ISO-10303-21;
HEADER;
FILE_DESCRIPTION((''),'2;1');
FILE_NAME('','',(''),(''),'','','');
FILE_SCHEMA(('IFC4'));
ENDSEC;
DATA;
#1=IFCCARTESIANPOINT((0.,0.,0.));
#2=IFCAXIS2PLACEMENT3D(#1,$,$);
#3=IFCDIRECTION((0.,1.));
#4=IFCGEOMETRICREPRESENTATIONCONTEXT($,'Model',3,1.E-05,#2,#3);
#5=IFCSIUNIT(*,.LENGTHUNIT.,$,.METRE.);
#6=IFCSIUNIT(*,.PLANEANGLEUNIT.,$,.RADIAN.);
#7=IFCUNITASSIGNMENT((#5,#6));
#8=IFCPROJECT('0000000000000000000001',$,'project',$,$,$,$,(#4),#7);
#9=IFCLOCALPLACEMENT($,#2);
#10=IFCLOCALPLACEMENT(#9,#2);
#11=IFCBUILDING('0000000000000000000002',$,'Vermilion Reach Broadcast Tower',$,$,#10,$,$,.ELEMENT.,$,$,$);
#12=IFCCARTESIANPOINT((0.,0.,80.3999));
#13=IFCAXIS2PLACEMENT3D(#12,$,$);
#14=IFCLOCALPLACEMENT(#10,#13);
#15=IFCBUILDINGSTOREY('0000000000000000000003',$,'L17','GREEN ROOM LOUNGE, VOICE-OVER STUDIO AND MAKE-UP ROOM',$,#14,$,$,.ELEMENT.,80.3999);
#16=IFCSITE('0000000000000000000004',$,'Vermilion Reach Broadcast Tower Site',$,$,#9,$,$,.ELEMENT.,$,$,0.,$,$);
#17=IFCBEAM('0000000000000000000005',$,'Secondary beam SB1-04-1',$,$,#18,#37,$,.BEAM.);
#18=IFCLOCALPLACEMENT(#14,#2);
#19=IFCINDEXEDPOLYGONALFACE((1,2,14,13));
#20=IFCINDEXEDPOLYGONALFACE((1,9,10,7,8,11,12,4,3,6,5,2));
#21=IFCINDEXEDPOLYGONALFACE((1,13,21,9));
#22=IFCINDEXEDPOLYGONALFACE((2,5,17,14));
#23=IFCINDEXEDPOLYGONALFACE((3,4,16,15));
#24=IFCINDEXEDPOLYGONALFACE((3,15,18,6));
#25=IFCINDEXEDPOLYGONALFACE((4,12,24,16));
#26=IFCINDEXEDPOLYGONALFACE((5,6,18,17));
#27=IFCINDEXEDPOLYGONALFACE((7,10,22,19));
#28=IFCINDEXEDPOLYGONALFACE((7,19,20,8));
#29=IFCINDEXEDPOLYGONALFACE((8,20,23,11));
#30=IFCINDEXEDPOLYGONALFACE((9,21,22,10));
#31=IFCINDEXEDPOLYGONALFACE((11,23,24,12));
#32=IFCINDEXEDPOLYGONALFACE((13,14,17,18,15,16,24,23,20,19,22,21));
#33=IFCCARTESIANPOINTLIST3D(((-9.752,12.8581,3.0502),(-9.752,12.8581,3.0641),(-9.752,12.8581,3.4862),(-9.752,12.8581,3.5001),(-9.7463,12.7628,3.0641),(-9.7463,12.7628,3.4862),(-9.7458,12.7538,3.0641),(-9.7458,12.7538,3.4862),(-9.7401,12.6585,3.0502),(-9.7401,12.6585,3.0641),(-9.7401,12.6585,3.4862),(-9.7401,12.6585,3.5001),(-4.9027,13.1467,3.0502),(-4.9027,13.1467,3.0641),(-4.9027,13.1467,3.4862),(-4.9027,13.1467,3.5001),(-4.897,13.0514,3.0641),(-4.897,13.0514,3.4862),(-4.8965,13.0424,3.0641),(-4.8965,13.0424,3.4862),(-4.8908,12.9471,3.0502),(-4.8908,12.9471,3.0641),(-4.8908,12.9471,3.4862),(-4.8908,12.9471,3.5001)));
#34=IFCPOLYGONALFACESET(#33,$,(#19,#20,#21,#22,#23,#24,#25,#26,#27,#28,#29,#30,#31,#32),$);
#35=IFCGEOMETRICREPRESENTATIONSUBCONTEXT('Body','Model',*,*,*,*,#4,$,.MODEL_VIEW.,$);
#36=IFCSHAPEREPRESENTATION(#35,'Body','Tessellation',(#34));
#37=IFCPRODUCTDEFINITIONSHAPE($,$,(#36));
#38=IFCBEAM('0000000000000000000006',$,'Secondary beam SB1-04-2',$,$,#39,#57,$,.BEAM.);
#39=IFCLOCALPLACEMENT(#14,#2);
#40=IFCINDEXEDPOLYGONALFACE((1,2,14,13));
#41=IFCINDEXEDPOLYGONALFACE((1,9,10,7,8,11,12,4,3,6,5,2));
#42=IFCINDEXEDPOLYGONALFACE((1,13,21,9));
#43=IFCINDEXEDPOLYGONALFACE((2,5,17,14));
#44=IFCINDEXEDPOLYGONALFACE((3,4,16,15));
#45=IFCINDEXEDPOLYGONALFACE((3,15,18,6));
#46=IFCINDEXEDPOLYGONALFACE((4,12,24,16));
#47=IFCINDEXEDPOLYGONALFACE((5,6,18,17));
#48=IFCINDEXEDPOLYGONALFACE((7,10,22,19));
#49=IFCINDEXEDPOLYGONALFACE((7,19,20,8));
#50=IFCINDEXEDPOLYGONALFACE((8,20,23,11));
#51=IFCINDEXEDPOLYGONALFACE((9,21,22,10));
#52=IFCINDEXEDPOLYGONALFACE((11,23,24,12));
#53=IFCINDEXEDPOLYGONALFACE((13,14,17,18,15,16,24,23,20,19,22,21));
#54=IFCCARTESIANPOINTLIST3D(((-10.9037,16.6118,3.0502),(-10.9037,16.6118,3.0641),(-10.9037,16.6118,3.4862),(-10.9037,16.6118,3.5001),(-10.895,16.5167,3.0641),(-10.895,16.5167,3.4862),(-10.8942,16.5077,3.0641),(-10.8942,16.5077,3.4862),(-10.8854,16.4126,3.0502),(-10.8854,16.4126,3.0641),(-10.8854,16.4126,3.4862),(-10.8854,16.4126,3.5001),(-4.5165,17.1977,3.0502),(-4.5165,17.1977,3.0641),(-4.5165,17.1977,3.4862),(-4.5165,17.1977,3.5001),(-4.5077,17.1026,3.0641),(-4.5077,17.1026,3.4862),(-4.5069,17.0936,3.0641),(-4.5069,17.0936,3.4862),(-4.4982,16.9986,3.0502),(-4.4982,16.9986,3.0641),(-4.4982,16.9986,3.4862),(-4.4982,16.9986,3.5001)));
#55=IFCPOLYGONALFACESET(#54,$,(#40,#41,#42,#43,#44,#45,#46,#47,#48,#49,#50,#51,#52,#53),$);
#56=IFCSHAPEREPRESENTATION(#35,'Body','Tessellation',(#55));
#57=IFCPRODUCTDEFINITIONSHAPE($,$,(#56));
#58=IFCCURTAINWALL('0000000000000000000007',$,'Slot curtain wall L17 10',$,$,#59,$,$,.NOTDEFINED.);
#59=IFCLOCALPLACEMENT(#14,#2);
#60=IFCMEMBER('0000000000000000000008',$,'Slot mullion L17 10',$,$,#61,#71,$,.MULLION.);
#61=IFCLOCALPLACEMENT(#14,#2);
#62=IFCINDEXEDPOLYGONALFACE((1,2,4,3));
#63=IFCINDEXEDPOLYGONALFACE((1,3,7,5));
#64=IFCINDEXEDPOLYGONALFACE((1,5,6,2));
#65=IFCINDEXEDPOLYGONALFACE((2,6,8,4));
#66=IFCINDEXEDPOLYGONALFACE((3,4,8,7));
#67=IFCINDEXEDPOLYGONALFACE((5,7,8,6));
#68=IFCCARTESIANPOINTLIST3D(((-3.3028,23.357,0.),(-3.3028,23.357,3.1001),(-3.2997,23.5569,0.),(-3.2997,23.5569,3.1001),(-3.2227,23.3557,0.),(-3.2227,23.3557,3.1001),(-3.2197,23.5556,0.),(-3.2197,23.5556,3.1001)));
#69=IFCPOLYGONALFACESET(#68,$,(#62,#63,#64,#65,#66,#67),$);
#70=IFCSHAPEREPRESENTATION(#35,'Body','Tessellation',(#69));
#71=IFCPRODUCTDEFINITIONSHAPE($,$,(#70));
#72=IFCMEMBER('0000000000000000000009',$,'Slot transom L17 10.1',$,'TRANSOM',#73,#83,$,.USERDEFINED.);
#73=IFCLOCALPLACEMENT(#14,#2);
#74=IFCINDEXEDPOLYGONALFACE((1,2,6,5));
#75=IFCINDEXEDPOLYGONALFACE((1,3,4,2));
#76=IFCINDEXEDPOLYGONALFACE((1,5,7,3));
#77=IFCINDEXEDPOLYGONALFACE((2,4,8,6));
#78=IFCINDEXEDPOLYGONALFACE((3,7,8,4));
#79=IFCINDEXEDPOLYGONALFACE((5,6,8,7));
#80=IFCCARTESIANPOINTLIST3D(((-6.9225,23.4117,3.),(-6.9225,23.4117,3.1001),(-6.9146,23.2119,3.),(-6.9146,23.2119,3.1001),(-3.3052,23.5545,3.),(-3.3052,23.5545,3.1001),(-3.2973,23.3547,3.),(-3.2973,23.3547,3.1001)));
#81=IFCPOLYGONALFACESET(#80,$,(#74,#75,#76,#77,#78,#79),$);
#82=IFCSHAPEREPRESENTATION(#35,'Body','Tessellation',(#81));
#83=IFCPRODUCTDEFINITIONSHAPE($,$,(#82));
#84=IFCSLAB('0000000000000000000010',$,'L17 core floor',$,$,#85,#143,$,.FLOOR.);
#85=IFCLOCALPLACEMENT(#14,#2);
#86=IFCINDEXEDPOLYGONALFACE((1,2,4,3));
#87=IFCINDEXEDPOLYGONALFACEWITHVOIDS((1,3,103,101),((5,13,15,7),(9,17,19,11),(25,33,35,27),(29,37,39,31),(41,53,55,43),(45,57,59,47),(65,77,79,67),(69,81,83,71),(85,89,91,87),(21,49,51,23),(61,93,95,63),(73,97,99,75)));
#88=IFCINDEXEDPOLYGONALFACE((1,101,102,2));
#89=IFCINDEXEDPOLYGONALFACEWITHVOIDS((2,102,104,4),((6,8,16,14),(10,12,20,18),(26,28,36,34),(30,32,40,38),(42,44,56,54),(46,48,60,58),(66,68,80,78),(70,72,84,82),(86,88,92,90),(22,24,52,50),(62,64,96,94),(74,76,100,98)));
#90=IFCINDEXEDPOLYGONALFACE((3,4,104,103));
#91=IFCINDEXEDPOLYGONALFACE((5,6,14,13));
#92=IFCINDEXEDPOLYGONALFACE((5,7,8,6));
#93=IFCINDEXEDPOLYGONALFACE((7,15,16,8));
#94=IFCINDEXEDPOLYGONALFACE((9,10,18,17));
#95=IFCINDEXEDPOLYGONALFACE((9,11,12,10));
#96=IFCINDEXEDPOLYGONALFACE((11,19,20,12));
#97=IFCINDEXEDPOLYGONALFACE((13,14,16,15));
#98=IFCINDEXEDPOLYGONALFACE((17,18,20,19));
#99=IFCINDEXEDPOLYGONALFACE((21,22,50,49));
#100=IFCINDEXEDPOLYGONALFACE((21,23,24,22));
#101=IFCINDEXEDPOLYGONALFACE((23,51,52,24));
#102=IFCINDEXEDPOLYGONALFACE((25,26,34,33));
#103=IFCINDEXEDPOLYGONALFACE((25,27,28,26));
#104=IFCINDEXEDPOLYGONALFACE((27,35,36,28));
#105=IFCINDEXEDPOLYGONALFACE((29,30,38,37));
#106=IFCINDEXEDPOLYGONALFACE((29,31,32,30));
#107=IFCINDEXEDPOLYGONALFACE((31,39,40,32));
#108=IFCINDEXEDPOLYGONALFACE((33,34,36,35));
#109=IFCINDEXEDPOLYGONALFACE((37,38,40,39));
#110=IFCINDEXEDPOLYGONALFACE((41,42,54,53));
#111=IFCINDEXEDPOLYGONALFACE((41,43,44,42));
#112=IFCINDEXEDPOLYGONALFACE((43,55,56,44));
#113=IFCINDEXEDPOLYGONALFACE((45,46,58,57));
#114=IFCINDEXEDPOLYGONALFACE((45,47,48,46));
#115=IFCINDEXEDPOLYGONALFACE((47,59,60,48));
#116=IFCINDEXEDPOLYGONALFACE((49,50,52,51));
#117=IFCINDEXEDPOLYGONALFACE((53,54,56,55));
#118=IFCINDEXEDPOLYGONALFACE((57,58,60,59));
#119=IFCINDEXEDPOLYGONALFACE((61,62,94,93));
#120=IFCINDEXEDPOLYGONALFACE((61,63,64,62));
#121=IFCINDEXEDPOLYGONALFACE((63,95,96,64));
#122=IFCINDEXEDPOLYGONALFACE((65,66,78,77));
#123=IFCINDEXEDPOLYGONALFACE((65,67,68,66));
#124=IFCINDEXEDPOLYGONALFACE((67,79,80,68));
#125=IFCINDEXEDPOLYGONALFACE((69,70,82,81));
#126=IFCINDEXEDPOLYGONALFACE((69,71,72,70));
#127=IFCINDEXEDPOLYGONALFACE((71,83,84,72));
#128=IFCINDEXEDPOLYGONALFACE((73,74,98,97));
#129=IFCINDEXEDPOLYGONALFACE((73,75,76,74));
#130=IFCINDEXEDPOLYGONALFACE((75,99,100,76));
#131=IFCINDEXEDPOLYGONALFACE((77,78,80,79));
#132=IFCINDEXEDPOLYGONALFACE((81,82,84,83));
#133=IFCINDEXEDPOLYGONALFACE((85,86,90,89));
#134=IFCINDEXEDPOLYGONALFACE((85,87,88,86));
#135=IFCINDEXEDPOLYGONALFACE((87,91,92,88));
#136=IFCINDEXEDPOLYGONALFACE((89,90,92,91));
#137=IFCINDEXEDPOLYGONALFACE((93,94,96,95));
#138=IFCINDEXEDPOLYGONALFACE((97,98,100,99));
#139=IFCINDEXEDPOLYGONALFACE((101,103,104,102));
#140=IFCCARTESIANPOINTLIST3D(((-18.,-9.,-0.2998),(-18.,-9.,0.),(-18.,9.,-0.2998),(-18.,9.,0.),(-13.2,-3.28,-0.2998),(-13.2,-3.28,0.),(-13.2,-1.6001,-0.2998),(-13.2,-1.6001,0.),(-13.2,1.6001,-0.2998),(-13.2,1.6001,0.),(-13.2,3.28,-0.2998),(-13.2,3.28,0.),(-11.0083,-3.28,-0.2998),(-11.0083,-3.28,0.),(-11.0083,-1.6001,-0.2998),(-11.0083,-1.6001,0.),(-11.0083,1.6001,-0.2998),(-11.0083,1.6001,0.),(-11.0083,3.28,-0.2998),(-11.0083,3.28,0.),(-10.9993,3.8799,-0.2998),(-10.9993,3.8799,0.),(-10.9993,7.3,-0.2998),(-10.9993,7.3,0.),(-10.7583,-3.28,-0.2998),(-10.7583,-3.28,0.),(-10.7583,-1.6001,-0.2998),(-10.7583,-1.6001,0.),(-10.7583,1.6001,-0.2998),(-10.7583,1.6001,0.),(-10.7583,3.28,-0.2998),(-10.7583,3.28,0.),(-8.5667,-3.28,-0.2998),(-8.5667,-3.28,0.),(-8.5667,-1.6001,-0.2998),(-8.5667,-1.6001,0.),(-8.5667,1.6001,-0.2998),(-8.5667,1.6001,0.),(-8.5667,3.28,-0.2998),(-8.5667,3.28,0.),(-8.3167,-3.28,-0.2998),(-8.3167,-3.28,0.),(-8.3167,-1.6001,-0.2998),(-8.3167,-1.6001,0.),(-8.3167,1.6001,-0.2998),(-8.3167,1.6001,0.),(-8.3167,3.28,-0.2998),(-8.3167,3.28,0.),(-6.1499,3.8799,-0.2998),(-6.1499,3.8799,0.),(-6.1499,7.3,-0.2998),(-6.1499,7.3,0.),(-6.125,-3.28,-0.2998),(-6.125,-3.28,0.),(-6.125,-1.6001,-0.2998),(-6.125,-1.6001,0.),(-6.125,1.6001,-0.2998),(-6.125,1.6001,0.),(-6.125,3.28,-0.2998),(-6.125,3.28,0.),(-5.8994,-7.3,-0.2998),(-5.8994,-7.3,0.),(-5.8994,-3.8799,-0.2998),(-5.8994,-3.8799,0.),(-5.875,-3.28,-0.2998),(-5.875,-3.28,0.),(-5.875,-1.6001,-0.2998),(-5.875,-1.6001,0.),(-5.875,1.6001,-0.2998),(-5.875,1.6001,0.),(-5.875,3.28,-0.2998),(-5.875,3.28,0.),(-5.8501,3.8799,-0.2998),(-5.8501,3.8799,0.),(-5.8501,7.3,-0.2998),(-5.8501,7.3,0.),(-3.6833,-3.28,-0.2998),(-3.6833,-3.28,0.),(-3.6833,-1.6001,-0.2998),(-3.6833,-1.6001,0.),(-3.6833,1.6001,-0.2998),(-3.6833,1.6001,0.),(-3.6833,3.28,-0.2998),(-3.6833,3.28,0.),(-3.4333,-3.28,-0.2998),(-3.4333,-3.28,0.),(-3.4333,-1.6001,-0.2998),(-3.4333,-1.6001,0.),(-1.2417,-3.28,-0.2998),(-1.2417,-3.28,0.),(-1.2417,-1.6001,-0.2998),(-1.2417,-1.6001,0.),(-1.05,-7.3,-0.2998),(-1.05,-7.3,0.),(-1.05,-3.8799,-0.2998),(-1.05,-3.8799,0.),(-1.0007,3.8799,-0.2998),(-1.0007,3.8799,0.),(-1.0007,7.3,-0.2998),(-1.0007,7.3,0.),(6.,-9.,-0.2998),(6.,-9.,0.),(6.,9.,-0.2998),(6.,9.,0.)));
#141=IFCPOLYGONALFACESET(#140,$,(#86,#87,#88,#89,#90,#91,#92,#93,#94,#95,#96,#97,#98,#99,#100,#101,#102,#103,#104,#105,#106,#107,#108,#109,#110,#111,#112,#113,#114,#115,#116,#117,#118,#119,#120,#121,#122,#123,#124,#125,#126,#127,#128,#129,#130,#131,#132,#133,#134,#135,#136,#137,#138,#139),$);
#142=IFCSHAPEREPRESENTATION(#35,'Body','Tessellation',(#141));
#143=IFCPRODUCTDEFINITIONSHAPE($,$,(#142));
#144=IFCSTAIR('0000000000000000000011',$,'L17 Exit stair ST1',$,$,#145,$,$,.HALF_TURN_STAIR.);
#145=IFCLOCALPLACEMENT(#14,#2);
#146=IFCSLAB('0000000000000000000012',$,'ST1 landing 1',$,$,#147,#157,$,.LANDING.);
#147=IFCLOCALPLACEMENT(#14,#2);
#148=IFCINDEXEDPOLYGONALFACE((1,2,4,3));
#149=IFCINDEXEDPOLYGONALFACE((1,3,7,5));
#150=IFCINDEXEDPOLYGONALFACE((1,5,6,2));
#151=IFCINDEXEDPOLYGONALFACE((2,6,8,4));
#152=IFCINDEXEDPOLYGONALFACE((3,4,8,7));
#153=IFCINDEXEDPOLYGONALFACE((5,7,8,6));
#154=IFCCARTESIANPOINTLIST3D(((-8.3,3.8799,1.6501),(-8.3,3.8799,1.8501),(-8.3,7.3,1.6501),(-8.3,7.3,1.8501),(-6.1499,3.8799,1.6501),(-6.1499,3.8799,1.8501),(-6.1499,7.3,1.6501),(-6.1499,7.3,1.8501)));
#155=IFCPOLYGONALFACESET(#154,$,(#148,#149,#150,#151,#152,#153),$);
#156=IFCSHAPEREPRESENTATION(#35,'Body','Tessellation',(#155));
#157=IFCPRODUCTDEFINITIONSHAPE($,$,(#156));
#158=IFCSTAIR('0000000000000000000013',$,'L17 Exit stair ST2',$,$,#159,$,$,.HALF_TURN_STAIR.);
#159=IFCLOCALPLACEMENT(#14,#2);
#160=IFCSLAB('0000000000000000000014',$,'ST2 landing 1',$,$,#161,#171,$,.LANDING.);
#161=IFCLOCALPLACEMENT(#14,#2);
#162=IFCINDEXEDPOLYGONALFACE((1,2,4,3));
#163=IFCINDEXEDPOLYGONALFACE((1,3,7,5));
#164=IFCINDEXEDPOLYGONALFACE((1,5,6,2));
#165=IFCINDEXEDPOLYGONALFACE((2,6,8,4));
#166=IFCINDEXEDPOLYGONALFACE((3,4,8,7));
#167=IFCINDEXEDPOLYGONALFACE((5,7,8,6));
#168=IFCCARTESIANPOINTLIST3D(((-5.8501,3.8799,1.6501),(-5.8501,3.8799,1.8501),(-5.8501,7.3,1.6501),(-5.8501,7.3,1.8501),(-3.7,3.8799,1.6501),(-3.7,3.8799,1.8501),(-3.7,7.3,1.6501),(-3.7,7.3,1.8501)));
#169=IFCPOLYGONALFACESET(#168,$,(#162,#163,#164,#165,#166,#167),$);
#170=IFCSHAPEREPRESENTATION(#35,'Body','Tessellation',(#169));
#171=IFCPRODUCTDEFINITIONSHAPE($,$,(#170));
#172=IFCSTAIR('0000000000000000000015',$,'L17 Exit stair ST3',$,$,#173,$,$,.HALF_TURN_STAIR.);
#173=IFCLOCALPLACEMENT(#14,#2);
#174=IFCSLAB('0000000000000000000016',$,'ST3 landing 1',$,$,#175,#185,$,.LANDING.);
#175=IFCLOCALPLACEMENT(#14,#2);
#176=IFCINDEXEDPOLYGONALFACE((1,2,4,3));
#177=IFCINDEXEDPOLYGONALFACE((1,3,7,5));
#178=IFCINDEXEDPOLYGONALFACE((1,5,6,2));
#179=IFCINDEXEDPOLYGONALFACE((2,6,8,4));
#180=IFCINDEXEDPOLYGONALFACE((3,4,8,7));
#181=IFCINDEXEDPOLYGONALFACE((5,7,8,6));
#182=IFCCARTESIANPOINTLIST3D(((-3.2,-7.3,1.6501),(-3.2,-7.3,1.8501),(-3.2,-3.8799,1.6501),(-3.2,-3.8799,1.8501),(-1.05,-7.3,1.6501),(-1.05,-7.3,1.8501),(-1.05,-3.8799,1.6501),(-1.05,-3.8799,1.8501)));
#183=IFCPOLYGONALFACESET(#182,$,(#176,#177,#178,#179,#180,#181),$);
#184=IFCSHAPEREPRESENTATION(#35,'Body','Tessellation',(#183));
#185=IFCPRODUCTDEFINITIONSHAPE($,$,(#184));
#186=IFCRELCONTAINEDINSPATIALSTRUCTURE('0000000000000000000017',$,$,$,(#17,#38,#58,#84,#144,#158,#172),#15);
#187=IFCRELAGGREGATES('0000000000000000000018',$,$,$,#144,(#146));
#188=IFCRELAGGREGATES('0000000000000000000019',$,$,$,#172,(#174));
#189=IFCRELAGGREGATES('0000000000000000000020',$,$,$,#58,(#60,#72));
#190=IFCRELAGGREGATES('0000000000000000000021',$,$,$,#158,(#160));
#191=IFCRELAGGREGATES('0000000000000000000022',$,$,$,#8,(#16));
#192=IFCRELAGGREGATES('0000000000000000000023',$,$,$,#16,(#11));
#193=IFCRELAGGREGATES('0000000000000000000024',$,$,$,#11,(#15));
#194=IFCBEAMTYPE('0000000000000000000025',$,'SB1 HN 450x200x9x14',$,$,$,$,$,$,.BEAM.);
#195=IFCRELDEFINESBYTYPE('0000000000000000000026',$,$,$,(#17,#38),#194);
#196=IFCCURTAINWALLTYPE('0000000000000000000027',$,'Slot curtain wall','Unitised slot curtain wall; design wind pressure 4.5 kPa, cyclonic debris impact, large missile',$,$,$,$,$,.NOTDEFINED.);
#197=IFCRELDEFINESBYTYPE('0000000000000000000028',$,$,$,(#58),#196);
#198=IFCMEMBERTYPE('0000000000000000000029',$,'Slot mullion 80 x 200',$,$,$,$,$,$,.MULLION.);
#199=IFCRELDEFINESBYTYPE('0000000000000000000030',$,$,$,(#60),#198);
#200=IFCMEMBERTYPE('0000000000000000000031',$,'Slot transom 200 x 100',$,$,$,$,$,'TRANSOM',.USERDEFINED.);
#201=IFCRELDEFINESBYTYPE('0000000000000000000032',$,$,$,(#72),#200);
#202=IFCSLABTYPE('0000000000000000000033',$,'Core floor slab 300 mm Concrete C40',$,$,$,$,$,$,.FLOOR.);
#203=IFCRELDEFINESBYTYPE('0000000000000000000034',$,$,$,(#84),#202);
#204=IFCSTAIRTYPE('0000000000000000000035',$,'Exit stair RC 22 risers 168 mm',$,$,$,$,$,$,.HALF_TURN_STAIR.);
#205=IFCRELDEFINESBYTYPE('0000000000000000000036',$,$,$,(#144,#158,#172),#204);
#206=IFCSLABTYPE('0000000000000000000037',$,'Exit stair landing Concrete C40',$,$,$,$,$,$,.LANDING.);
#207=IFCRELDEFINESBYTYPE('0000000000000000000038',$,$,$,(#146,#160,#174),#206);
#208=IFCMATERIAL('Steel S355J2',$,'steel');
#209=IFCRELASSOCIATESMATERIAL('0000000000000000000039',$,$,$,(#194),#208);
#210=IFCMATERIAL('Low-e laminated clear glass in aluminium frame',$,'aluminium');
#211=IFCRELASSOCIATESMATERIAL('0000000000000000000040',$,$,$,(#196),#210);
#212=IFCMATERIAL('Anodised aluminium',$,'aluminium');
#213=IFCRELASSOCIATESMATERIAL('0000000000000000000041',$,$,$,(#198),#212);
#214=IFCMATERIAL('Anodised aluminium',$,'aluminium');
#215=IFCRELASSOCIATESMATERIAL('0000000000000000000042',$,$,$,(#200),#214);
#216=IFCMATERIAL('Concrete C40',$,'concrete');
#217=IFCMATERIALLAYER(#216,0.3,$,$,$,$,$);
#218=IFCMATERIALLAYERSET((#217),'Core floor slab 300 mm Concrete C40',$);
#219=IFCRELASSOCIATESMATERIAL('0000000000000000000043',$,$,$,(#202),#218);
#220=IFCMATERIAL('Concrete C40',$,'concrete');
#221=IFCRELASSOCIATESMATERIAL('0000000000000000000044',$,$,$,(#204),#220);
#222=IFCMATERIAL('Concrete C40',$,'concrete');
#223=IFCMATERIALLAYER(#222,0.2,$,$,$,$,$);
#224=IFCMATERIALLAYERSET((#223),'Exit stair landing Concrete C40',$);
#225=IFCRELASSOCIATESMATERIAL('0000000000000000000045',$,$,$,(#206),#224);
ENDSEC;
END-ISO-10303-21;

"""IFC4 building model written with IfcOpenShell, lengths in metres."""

from ifc_helpers import new_model, si_unit, direction, frame, origin, origin_2d, place, context, subcontext, project, spatial, polyline, rectangle, i_section, outline, extrude, material, layer, layer_set, material_profile, profile_set, type_object, element, aggregate, save


model = new_model("IFC4")

# Units and contexts
model_context = context("Model", 3, precision=1e-05, world=origin(), true_north=direction((0.0, 1.0)))
body_context = subcontext(model_context, "Body", "Model", "MODEL_VIEW")
ifc_project = project(units=[si_unit("LENGTHUNIT", "METRE"), si_unit("PLANEANGLEUNIT", "RADIAN")], contexts=[model_context])

# Site, building, storey
site_placement = place(None, origin())
site = spatial("IfcSite", under=ifc_project, at=site_placement, Name="Vermilion Reach Broadcast Tower Site", CompositionType="ELEMENT", RefElevation=0.0)
building_placement = place(site_placement, origin())
building = spatial("IfcBuilding", under=site, at=building_placement, Name="Vermilion Reach Broadcast Tower", CompositionType="ELEMENT")
storey_placement = place(building_placement, frame((0.0, 0.0, 80.3999)))
storey = spatial("IfcBuildingStorey", under=building, at=storey_placement, Name="L17", Description="GREEN ROOM LOUNGE, VOICE-OVER STUDIO AND MAKE-UP ROOM", CompositionType="ELEMENT", Elevation=80.3999)

# Beams
ifc_material_1 = material(Name="Steel S355J2", Category="steel")
ifc_material_profile_1 = material_profile(ifc_material_1, i_section(OverallWidth=0.2, OverallDepth=0.45, WebThickness=0.009, FlangeThickness=0.0139, at=origin_2d()), Name="S355J2 HN 450x200x9x14")
ifc_profile_set_1 = profile_set([ifc_material_profile_1], Name="Steel S355J2")
beam_type_1 = type_object("IfcBeamType", Name="SB1 HN 450x200x9x14", PredefinedType="BEAM", material=ifc_profile_set_1)
beam_1_placement = place(storey_placement, frame((-4.8967, 13.0469, 3.2751), z_axis=(-0.998234, -0.059403, 0.0), x_axis=(0.059403, -0.998234, 0.0)))
element("IfcBeam", 1, at=beam_1_placement, inside=storey, type_object=beam_type_1, Name="Secondary beam SB1-04-1", PredefinedType="BEAM", context=body_context, shape_type="SweptSolid", body=[
    extrude(i_section(OverallWidth=0.2, OverallDepth=0.45, WebThickness=0.009, FlangeThickness=0.0139, at=origin_2d()), origin(), (0.0, 0.0, 1.0), 4.8579),
])
beam_2_placement = place(storey_placement, frame((-4.5073, 17.0981, 3.2751), z_axis=(-0.995819, -0.091353, 0.0), x_axis=(0.091353, -0.995819, 0.0)))
element("IfcBeam", 2, at=beam_2_placement, inside=storey, type_object=beam_type_1, Name="Secondary beam SB1-04-2", PredefinedType="BEAM", context=body_context, shape_type="SweptSolid", body=[
    extrude(i_section(OverallWidth=0.2, OverallDepth=0.45, WebThickness=0.009, FlangeThickness=0.0139, at=origin_2d()), origin(), (0.0, 0.0, 1.0), 6.4141),
])

# Curtain wall, members
ifc_material_2 = material(Name="Low-e laminated clear glass in aluminium frame", Category="aluminium")
curtain_wall_type = type_object("IfcCurtainWallType", Name="Slot curtain wall", Description="Unitised slot curtain wall; design wind pressure 4.5 kPa, cyclonic debris impact, large missile", PredefinedType="NOTDEFINED", material=ifc_material_2)
placement_1 = place(storey_placement, origin())
curtain_wall = element("IfcCurtainWall", 3, at=placement_1, inside=storey, type_object=curtain_wall_type, Name="Slot curtain wall L17 10", PredefinedType="NOTDEFINED")
ifc_material_3 = material(Name="Anodised aluminium", Category="aluminium")
ifc_material_profile_2 = material_profile(ifc_material_3, rectangle(XDim=0.2, YDim=0.0801, at=origin_2d()), Name="Slot mullion 80 x 200")
ifc_profile_set_2 = profile_set([ifc_material_profile_2], Name="Anodised aluminium")
member_type_1 = type_object("IfcMemberType", Name="Slot mullion 80 x 200", PredefinedType="MULLION", material=ifc_profile_set_2)
member_1_placement = place(storey_placement, frame((-3.2612, 23.4563, 0.0), z_axis=(0.0, 0.0, 1.0), x_axis=(-0.015376, -0.999882, 0.0)))
member_1 = element("IfcMember", 4, at=member_1_placement, type_object=member_type_1, Name="Slot mullion L17 10", PredefinedType="MULLION", context=body_context, shape_type="SweptSolid", body=[
    extrude(rectangle(XDim=0.2, YDim=0.0801, at=origin_2d()), origin(), (0.0, 0.0, 1.0), 3.1001),
])
ifc_material_4 = material(Name="Anodised aluminium", Category="aluminium")
ifc_material_profile_3 = material_profile(ifc_material_4, rectangle(XDim=0.2, YDim=0.1001, at=origin_2d()), Name="Slot transom 200 x 100")
ifc_profile_set_3 = profile_set([ifc_material_profile_3], Name="Anodised aluminium")
member_type_2 = type_object("IfcMemberType", Name="Slot transom 200 x 100", ElementType="TRANSOM", PredefinedType="USERDEFINED", material=ifc_profile_set_3)
member_2_placement = place(storey_placement, frame((-3.3013, 23.4546, 3.05), z_axis=(-0.999221, -0.039454, 0.0), x_axis=(0.039454, -0.999221, 0.0)))
member_2 = element("IfcMember", 5, at=member_2_placement, type_object=member_type_2, Name="Slot transom L17 10.1", ObjectType="TRANSOM", PredefinedType="USERDEFINED", context=body_context, shape_type="SweptSolid", body=[
    extrude(rectangle(XDim=0.2, YDim=0.1001, at=origin_2d()), origin(), (0.0, 0.0, 1.0), 3.6201),
])

# Slab
ifc_material_5 = material(Name="Concrete C40", Category="concrete")
ifc_layer_1 = layer(ifc_material_5, 0.3)
ifc_layer_set_1 = layer_set([ifc_layer_1], Name="Core floor slab 300 mm Concrete C40")
slab_type_1 = type_object("IfcSlabType", Name="Core floor slab 300 mm Concrete C40", PredefinedType="FLOOR", material=ifc_layer_set_1)
slab_1_placement = place(storey_placement, frame((0.0, 0.0, -0.2998)))
element("IfcSlab", 6, at=slab_1_placement, inside=storey, type_object=slab_type_1, Name="L17 core floor", PredefinedType="FLOOR", context=body_context, shape_type="SweptSolid", body=[
    extrude(outline(polyline([(-18.0, -9.0), (6.0, -9.0), (6.0, 9.0), (-18.0, 9.0), (-18.0, -9.0)]), holes=[polyline([(-13.2, 1.6001), (-11.0083, 1.6001), (-11.0083, 3.28), (-13.2, 3.28), (-13.2, 1.6001)]), polyline([(-10.7583, 1.6001), (-8.5667, 1.6001), (-8.5667, 3.28), (-10.7583, 3.28), (-10.7583, 1.6001)]), polyline([(-8.3167, 1.6001), (-6.125, 1.6001), (-6.125, 3.28), (-8.3167, 3.28), (-8.3167, 1.6001)]), polyline([(-5.875, 1.6001), (-3.6833, 1.6001), (-3.6833, 3.28), (-5.875, 3.28), (-5.875, 1.6001)]), polyline([(-13.2, -3.28), (-11.0083, -3.28), (-11.0083, -1.6001), (-13.2, -1.6001), (-13.2, -3.28)]), polyline([(-10.7583, -3.28), (-8.5667, -3.28), (-8.5667, -1.6001), (-10.7583, -1.6001), (-10.7583, -3.28)]), polyline([(-8.3167, -3.28), (-6.125, -3.28), (-6.125, -1.6001), (-8.3167, -1.6001), (-8.3167, -3.28)]), polyline([(-5.875, -3.28), (-3.6833, -3.28), (-3.6833, -1.6001), (-5.875, -1.6001), (-5.875, -3.28)]), polyline([(-3.4333, -3.28), (-1.2417, -3.28), (-1.2417, -1.6001), (-3.4333, -1.6001), (-3.4333, -3.28)]), polyline([(-10.9993, 3.8799), (-6.1499, 3.8799), (-6.1499, 7.3), (-10.9993, 7.3), (-10.9993, 3.8799)]), polyline([(-1.0007, 7.3), (-5.8501, 7.3), (-5.8501, 3.8799), (-1.0007, 3.8799), (-1.0007, 7.3)]), polyline([(-5.8994, -7.3), (-1.05, -7.3), (-1.05, -3.8799), (-5.8994, -3.8799), (-5.8994, -7.3)])]), origin(), (0.0, 0.0, 1.0), 0.2998),
])

# Stairs, slabs
ifc_material_6 = material(Name="Concrete C40", Category="concrete")
stair_type = type_object("IfcStairType", Name="Exit stair RC 22 risers 168 mm", PredefinedType="HALF_TURN_STAIR", material=ifc_material_6)
stair_1 = element("IfcStair", 7, at=placement_1, inside=storey, type_object=stair_type, Name="L17 Exit stair ST1", PredefinedType="HALF_TURN_STAIR")
ifc_material_7 = material(Name="Concrete C40", Category="concrete")
ifc_layer_2 = layer(ifc_material_7, 0.2)
ifc_layer_set_2 = layer_set([ifc_layer_2], Name="Exit stair landing Concrete C40")
slab_type_2 = type_object("IfcSlabType", Name="Exit stair landing Concrete C40", PredefinedType="LANDING", material=ifc_layer_set_2)
placement_2 = place(storey_placement, frame((0.0, 0.0, 1.6501)))
slab_2 = element("IfcSlab", 8, at=placement_2, type_object=slab_type_2, Name="ST1 landing 1", PredefinedType="LANDING", context=body_context, shape_type="SweptSolid", body=[
    extrude(outline(polyline([(-8.3, 3.8799), (-6.1499, 3.8799), (-6.1499, 7.3), (-8.3, 7.3), (-8.3, 3.8799)])), origin(), (0.0, 0.0, 1.0), 0.2),
])
aggregate(stair_1, [slab_2])
stair_2 = element("IfcStair", 9, at=placement_1, inside=storey, type_object=stair_type, Name="L17 Exit stair ST2", PredefinedType="HALF_TURN_STAIR")
slab_3 = element("IfcSlab", 10, at=placement_2, type_object=slab_type_2, Name="ST2 landing 1", PredefinedType="LANDING", context=body_context, shape_type="SweptSolid", body=[
    extrude(outline(polyline([(-3.7, 7.3), (-5.8501, 7.3), (-5.8501, 3.8799), (-3.7, 3.8799), (-3.7, 7.3)])), origin(), (0.0, 0.0, 1.0), 0.2),
])
stair_3 = element("IfcStair", 11, at=placement_1, inside=storey, type_object=stair_type, Name="L17 Exit stair ST3", PredefinedType="HALF_TURN_STAIR")
slab_4 = element("IfcSlab", 12, at=placement_2, type_object=slab_type_2, Name="ST3 landing 1", PredefinedType="LANDING", context=body_context, shape_type="SweptSolid", body=[
    extrude(outline(polyline([(-3.2, -7.3), (-1.05, -7.3), (-1.05, -3.8799), (-3.2, -3.8799), (-3.2, -7.3)])), origin(), (0.0, 0.0, 1.0), 0.2),
])
aggregate(stair_3, [slab_4])

aggregate(curtain_wall, [member_1, member_2])

aggregate(stair_2, [slab_3])

save(model, "model.ifc")
